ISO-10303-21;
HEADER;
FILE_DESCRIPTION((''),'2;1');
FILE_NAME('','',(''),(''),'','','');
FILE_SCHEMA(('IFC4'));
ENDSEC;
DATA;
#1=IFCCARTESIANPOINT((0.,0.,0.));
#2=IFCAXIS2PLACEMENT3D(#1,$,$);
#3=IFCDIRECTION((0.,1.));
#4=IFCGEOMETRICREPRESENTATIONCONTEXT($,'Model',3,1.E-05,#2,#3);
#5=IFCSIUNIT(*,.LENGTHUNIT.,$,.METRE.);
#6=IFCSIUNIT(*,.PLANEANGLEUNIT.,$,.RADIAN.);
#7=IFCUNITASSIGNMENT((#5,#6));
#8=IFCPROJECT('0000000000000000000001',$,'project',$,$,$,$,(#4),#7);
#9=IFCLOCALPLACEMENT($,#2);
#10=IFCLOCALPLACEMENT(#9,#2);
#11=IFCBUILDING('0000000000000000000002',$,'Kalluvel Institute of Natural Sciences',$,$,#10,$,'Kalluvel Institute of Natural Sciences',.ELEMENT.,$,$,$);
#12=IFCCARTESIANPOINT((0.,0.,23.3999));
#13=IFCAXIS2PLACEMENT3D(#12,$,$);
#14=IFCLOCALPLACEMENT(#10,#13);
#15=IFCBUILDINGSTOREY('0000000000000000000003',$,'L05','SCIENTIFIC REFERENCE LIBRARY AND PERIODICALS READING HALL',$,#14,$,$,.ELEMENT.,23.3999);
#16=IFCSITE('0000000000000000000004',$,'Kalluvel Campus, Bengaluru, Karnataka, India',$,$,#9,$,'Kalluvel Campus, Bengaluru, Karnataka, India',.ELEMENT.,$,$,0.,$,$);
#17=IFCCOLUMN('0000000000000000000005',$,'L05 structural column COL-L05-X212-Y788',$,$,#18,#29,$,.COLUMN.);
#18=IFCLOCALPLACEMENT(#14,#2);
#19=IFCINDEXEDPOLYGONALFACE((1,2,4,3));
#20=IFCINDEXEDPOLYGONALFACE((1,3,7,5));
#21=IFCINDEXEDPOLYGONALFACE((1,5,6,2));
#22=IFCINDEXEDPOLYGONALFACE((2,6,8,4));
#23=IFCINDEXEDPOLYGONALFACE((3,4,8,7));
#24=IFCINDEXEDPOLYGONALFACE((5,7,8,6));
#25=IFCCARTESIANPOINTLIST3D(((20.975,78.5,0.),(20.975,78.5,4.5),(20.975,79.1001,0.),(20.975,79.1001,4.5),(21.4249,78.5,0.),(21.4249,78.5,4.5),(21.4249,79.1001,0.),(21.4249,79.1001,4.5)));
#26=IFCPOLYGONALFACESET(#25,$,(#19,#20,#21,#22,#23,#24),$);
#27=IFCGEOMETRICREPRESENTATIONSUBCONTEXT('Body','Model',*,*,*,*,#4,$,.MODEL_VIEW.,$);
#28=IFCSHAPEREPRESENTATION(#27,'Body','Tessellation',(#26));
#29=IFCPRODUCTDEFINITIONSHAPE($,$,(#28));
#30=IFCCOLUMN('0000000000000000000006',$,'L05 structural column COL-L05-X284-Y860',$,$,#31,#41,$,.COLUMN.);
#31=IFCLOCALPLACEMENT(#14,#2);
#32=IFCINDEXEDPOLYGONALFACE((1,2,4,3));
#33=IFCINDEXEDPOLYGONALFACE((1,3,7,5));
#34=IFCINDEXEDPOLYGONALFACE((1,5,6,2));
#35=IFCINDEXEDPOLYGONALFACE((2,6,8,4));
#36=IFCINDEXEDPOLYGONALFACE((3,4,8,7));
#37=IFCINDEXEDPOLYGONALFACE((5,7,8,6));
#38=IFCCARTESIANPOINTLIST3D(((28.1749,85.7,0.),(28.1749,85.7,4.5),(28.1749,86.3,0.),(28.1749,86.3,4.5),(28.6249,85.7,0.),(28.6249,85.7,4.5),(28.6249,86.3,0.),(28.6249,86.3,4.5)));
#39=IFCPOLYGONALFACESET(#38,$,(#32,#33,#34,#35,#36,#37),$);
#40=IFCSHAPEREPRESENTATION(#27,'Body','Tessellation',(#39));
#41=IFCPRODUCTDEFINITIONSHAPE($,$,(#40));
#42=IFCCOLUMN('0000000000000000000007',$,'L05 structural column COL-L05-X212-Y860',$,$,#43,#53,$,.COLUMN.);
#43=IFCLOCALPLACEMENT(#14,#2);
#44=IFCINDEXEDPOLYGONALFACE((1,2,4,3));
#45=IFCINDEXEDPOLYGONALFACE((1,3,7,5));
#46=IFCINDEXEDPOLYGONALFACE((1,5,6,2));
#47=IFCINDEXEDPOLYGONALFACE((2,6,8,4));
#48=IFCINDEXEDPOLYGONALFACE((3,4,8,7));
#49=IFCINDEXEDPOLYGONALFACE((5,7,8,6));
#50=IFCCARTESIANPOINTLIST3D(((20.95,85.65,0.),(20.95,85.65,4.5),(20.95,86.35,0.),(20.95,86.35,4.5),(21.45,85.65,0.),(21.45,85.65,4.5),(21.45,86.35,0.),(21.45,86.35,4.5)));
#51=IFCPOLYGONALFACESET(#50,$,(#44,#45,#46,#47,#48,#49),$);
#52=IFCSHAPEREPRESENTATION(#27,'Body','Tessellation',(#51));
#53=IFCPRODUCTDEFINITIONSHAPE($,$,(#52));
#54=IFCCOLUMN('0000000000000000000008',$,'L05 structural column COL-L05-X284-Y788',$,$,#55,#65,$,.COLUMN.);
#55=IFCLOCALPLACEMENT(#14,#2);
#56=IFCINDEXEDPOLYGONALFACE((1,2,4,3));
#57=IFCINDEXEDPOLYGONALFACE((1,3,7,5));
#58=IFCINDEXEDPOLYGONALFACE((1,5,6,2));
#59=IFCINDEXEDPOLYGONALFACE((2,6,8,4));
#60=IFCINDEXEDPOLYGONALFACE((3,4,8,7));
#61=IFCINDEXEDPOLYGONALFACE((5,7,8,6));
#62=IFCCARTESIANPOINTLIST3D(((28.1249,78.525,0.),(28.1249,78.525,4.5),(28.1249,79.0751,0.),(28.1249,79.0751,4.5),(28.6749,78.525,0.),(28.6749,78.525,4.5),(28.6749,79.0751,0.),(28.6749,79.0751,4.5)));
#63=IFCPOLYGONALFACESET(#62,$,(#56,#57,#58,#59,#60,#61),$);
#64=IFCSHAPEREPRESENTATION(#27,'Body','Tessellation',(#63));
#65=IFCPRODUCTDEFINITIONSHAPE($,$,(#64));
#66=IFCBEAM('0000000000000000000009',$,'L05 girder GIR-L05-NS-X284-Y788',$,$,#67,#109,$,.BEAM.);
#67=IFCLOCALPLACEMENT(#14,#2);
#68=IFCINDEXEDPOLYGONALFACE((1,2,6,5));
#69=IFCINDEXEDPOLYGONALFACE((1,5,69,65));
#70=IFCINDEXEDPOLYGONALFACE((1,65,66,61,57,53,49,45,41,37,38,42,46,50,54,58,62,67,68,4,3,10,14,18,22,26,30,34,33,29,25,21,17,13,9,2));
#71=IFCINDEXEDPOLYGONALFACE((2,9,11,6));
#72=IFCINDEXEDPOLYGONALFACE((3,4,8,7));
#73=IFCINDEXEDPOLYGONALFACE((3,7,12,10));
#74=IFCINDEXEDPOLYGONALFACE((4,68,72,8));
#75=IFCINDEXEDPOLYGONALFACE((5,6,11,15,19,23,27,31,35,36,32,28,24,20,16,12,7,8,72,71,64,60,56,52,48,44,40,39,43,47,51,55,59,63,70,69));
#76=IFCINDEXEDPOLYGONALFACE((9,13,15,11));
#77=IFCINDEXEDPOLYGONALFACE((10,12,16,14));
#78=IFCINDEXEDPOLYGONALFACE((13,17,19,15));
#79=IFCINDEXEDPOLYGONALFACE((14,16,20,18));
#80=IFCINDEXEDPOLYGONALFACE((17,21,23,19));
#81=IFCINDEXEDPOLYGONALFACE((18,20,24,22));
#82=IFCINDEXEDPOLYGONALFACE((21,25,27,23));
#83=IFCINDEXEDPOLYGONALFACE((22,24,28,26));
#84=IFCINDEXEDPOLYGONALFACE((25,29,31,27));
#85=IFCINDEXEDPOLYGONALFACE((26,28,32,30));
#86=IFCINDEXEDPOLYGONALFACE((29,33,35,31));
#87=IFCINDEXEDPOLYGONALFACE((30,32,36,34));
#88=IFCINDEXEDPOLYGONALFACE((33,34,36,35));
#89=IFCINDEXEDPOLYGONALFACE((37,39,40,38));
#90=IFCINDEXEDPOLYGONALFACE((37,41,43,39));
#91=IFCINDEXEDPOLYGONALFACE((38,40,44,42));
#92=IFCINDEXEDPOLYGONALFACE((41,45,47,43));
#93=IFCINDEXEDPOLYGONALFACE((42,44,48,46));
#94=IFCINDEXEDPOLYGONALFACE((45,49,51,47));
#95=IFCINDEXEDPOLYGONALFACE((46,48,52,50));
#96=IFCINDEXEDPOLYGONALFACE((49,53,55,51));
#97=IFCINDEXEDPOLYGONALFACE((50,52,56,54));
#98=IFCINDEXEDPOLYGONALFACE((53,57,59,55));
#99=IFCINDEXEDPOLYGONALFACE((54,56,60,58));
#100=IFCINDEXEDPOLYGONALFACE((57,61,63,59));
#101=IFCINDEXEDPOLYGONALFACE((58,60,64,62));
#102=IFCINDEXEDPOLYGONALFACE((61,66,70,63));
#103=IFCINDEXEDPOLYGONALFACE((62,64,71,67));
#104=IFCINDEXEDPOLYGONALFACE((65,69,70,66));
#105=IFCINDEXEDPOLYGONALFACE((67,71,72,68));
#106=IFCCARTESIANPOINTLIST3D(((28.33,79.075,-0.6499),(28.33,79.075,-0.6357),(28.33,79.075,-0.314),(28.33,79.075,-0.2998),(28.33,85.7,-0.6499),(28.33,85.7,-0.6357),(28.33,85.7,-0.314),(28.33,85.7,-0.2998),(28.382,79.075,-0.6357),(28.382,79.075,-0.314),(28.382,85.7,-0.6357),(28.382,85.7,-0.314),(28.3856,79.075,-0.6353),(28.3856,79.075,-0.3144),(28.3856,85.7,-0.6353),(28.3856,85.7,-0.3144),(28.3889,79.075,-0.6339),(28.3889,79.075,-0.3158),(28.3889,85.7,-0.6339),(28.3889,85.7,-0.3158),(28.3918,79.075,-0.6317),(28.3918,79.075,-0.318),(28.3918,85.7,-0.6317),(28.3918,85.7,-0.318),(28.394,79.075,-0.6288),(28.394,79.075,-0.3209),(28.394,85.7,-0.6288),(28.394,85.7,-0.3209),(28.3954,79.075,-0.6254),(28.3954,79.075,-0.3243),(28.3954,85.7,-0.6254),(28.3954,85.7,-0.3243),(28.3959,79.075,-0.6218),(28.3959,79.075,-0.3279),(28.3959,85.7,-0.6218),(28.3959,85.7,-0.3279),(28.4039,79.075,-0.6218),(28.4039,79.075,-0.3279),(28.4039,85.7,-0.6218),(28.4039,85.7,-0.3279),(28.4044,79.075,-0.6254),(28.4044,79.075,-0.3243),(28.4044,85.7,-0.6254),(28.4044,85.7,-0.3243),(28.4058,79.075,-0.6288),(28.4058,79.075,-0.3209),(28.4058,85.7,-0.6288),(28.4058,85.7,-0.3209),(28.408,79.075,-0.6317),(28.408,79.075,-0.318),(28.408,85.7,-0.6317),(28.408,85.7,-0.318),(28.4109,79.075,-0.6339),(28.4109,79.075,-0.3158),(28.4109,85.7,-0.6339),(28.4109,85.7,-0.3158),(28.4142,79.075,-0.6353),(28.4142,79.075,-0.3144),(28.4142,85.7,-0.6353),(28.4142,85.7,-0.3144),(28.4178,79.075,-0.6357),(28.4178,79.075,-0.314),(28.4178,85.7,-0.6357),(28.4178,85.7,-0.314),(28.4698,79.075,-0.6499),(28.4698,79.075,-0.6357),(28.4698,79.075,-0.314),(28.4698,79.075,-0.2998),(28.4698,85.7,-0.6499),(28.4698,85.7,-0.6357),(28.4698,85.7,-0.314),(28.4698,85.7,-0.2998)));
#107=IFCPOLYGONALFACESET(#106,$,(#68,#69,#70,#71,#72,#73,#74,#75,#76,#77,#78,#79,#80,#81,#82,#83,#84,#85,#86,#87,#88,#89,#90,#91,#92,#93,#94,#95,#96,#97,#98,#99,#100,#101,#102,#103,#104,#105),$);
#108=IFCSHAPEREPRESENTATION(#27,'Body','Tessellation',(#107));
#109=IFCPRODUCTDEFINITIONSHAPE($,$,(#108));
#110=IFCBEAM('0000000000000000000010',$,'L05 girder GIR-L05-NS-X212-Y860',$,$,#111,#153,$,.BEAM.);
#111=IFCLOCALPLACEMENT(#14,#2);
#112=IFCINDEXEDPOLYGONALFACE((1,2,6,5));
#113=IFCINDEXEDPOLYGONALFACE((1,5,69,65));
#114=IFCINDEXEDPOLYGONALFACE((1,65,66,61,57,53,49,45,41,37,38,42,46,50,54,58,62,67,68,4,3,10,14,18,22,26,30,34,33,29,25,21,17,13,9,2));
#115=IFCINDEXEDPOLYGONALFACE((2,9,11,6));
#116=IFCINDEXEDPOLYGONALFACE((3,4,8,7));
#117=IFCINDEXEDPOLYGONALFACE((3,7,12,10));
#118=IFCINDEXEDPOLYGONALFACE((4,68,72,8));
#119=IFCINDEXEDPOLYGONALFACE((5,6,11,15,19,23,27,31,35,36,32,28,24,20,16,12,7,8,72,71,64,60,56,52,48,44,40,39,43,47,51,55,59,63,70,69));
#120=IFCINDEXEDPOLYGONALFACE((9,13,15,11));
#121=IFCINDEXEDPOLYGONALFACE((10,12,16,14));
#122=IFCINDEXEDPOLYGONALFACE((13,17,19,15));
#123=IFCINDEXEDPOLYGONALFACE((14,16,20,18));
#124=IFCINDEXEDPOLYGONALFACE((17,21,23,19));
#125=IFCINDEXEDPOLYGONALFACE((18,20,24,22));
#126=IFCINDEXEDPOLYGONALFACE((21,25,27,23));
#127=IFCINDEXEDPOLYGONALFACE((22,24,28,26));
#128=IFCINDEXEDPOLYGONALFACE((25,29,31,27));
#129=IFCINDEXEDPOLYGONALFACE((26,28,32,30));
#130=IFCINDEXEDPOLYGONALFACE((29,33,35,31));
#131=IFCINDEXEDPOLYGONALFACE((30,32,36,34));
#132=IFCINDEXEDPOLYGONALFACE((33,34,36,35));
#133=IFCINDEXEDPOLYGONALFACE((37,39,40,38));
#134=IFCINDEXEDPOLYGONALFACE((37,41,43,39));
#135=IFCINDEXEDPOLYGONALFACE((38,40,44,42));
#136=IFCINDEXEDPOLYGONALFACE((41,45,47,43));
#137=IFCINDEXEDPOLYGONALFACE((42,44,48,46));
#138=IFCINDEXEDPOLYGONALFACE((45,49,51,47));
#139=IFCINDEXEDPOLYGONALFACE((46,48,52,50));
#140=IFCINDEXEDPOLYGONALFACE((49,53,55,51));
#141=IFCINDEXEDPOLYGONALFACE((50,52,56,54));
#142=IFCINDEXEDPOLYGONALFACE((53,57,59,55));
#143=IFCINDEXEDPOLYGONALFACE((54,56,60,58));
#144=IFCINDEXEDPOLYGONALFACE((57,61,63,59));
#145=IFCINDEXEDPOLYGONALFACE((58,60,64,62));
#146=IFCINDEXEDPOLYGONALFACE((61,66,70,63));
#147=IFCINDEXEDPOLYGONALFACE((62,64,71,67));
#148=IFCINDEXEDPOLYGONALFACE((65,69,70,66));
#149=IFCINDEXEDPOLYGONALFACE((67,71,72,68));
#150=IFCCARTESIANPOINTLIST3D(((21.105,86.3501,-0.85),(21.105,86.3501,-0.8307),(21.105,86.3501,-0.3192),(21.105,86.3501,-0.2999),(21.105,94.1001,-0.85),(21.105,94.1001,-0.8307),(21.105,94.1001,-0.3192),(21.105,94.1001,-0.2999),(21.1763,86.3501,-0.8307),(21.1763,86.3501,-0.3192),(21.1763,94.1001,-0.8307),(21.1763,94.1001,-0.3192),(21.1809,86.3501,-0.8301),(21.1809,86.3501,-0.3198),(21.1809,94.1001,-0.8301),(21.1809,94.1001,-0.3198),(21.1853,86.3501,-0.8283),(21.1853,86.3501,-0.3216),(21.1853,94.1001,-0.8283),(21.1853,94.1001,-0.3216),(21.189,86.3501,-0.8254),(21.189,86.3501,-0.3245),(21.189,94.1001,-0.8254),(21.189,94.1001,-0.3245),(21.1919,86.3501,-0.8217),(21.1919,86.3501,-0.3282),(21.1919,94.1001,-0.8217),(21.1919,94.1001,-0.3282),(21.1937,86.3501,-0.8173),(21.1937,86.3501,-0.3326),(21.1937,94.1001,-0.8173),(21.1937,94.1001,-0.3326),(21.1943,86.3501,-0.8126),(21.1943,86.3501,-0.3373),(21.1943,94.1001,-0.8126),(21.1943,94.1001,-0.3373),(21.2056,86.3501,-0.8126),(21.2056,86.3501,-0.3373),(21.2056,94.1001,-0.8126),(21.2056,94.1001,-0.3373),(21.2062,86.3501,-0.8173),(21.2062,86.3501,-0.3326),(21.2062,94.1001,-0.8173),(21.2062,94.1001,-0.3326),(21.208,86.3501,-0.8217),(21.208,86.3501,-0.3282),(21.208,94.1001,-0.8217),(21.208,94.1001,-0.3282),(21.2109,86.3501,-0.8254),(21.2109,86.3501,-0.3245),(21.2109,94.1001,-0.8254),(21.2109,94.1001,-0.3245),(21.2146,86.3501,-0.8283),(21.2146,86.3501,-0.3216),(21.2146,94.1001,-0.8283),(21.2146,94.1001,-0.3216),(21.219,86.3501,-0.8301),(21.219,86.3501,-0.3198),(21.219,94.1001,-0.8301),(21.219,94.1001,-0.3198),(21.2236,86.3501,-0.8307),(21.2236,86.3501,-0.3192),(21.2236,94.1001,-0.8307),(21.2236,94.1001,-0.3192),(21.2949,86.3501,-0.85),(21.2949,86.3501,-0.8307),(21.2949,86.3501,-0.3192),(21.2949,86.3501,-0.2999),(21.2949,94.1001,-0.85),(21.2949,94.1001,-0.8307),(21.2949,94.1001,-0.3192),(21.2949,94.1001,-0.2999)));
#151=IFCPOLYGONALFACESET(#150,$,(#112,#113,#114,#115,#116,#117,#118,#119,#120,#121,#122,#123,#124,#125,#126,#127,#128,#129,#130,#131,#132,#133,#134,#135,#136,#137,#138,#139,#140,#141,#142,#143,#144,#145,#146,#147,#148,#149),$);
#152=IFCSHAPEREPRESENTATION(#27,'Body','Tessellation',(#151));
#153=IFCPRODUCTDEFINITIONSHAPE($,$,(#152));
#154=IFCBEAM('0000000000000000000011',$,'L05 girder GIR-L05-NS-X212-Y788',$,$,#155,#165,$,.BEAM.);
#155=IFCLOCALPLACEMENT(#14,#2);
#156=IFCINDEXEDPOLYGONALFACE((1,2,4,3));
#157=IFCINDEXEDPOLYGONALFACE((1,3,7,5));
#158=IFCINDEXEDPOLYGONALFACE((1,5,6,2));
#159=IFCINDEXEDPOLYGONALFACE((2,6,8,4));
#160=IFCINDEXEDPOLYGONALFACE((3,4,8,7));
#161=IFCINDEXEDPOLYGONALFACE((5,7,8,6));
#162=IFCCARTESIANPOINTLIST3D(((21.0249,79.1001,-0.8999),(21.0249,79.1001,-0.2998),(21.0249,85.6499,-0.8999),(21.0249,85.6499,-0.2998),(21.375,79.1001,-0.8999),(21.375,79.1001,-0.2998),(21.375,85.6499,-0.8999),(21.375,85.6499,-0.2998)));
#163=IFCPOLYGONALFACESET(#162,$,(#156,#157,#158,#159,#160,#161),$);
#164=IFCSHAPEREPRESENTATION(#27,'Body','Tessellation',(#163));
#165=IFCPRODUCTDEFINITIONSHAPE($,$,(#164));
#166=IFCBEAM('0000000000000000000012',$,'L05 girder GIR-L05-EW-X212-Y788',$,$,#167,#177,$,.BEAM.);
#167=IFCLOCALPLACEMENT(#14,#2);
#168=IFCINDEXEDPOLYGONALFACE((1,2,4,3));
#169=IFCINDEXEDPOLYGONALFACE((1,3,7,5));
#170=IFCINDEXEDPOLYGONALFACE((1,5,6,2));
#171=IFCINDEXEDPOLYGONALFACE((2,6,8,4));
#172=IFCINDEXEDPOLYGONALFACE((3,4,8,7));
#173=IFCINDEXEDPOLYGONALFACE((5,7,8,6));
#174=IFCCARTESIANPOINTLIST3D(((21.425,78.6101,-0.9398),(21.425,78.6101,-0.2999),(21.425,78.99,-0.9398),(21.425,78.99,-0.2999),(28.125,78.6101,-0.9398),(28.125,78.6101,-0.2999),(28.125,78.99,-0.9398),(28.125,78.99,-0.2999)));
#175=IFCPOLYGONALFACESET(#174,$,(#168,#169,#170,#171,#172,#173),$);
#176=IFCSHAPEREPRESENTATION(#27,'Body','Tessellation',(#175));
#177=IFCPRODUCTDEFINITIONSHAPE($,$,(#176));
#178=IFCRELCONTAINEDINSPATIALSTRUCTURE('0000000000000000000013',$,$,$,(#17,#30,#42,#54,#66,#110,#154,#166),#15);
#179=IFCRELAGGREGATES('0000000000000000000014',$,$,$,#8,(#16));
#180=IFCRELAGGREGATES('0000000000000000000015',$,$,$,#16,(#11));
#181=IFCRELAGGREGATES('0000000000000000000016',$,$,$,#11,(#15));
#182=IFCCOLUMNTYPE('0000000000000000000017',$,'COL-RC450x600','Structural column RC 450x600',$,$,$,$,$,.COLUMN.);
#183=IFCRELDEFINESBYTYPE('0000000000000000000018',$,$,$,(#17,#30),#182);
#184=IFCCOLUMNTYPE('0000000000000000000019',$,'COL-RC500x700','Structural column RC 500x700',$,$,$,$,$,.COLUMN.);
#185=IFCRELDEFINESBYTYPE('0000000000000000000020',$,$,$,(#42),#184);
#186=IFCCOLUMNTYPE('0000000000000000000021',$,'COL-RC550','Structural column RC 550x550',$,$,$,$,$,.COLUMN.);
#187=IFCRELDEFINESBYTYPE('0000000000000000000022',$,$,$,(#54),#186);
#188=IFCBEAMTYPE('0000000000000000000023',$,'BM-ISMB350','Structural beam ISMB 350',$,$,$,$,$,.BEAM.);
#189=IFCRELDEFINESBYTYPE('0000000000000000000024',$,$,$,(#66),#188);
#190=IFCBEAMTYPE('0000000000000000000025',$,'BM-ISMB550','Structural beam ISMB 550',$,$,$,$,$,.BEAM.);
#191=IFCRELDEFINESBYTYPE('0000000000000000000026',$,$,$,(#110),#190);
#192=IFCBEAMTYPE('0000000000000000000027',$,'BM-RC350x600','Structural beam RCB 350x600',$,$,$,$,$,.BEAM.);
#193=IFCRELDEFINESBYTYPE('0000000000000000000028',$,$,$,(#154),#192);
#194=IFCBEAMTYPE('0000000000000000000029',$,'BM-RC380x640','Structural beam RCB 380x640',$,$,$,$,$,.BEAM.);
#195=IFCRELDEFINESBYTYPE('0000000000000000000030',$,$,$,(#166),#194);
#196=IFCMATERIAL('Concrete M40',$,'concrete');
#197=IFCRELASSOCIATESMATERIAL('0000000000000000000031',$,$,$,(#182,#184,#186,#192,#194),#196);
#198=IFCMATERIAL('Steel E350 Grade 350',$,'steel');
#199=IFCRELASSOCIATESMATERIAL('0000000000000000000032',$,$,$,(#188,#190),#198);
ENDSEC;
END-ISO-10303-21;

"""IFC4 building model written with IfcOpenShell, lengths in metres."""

from ifc_helpers import new_model, si_unit, direction, frame, origin, origin_2d, place, context, subcontext, project, spatial, rectangle, i_section, extrude, material, material_profile, profile_set, type_object, element, save


model = new_model("IFC4")

# Units and contexts
model_context = context("Model", 3, precision=1e-05, world=origin(), true_north=direction((0.0, 1.0)))
body_context = subcontext(model_context, "Body", "Model", "MODEL_VIEW")
ifc_project = project(units=[si_unit("LENGTHUNIT", "METRE"), si_unit("PLANEANGLEUNIT", "RADIAN")], contexts=[model_context])

# Site, building, storey
site_placement = place(None, origin())
site = spatial("IfcSite", under=ifc_project, at=site_placement, Name="Kalluvel Campus, Bengaluru, Karnataka, India", LongName="Kalluvel Campus, Bengaluru, Karnataka, India", CompositionType="ELEMENT", RefElevation=0.0)
building_placement = place(site_placement, origin())
building = spatial("IfcBuilding", under=site, at=building_placement, Name="Kalluvel Institute of Natural Sciences", LongName="Kalluvel Institute of Natural Sciences", CompositionType="ELEMENT")
storey_placement = place(building_placement, frame((0.0, 0.0, 23.3999)))
storey = spatial("IfcBuildingStorey", under=building, at=storey_placement, Name="L05", Description="SCIENTIFIC REFERENCE LIBRARY AND PERIODICALS READING HALL", CompositionType="ELEMENT", Elevation=23.3999)

# Columns
ifc_material_1 = material(Name="Concrete M40", Category="concrete")
ifc_material_profile_1 = material_profile(ifc_material_1, rectangle(XDim=0.45, YDim=0.6001, at=origin_2d()), Name="RC 450x600")
ifc_profile_set_1 = profile_set([ifc_material_profile_1], Name="Concrete M40")
column_type_1 = type_object("IfcColumnType", Name="COL-RC450x600", Description="Structural column RC 450x600", PredefinedType="COLUMN", material=ifc_profile_set_1)
for number, where, z_axis, x_axis, name in (
    (1, (21.2, 78.8, 0.0), (0.0, 0.0, 1.0), (1.0, 0.0, 0.0), "L05 structural column COL-L05-X212-Y788"),
    (2, (28.3999, 86.0, 0.0), (0.0, 0.0, 1.0), (1.0, 0.0, 0.0), "L05 structural column COL-L05-X284-Y860"),
):
    element("IfcColumn", number, at=place(storey_placement, frame(where, z_axis=z_axis, x_axis=x_axis)), inside=storey, type_object=column_type_1, Name=name, PredefinedType="COLUMN", context=body_context, shape_type="SweptSolid", body=[
        extrude(rectangle(XDim=0.45, YDim=0.6001, at=origin_2d()), origin(), (0.0, 0.0, 1.0), 4.5),
    ])
ifc_material_profile_2 = material_profile(ifc_material_1, rectangle(XDim=0.5, YDim=0.7, at=origin_2d()), Name="RC 500x700")
ifc_profile_set_2 = profile_set([ifc_material_profile_2], Name="Concrete M40")
column_type_2 = type_object("IfcColumnType", Name="COL-RC500x700", Description="Structural column RC 500x700", PredefinedType="COLUMN", material=ifc_profile_set_2)
column_1_placement = place(storey_placement, frame((21.2, 86.0, 0.0), z_axis=(0.0, 0.0, 1.0), x_axis=(1.0, 0.0, 0.0)))
element("IfcColumn", 3, at=column_1_placement, inside=storey, type_object=column_type_2, Name="L05 structural column COL-L05-X212-Y860", PredefinedType="COLUMN", context=body_context, shape_type="SweptSolid", body=[
    extrude(rectangle(XDim=0.5, YDim=0.7, at=origin_2d()), origin(), (0.0, 0.0, 1.0), 4.5),
])
ifc_material_profile_3 = material_profile(ifc_material_1, rectangle(XDim=0.55, YDim=0.55, at=origin_2d()), Name="RC 550x550")
ifc_profile_set_3 = profile_set([ifc_material_profile_3], Name="Concrete M40")
column_type_3 = type_object("IfcColumnType", Name="COL-RC550", Description="Structural column RC 550x550", PredefinedType="COLUMN", material=ifc_profile_set_3)
column_2_placement = place(storey_placement, frame((28.3999, 78.8, 0.0), z_axis=(0.0, 0.0, 1.0), x_axis=(1.0, 0.0, 0.0)))
element("IfcColumn", 4, at=column_2_placement, inside=storey, type_object=column_type_3, Name="L05 structural column COL-L05-X284-Y788", PredefinedType="COLUMN", context=body_context, shape_type="SweptSolid", body=[
    extrude(rectangle(XDim=0.55, YDim=0.55, at=origin_2d()), origin(), (0.0, 0.0, 1.0), 4.5),
])

# Beams
ifc_material_2 = material(Name="Steel E350 Grade 350", Category="steel")
ifc_material_profile_4 = material_profile(ifc_material_2, i_section(OverallWidth=0.1399, OverallDepth=0.3501, WebThickness=0.0081, FlangeThickness=0.0142, FilletRadius=0.0139, at=origin_2d()), Name="ISMB 350")
ifc_profile_set_4 = profile_set([ifc_material_profile_4], Name="Steel E350 Grade 350")
beam_type_1 = type_object("IfcBeamType", Name="BM-ISMB350", Description="Structural beam ISMB 350", PredefinedType="BEAM", material=ifc_profile_set_4)
beam_1_placement = place(storey_placement, frame((28.3999, 79.075, -0.4749), z_axis=(0.0, 1.0, 0.0), x_axis=(-1.0, 0.0, 0.0)))
element("IfcBeam", 5, at=beam_1_placement, inside=storey, type_object=beam_type_1, Name="L05 girder GIR-L05-NS-X284-Y788", PredefinedType="BEAM", context=body_context, shape_type="SweptSolid", body=[
    extrude(i_section(OverallWidth=0.1399, OverallDepth=0.3501, WebThickness=0.0081, FlangeThickness=0.0142, FilletRadius=0.0139, at=origin_2d()), origin(), (0.0, 0.0, 1.0), 6.625),
])
ifc_material_profile_5 = material_profile(ifc_material_2, i_section(OverallWidth=0.1899, OverallDepth=0.55, WebThickness=0.0112, FlangeThickness=0.0193, FilletRadius=0.0181, at=origin_2d()), Name="ISMB 550")
ifc_profile_set_5 = profile_set([ifc_material_profile_5], Name="Steel E350 Grade 350")
beam_type_2 = type_object("IfcBeamType", Name="BM-ISMB550", Description="Structural beam ISMB 550", PredefinedType="BEAM", material=ifc_profile_set_5)
beam_2_placement = place(storey_placement, frame((21.2, 86.3501, -0.575), z_axis=(0.0, 1.0, 0.0), x_axis=(-1.0, 0.0, 0.0)))
element("IfcBeam", 6, at=beam_2_placement, inside=storey, type_object=beam_type_2, Name="L05 girder GIR-L05-NS-X212-Y860", PredefinedType="BEAM", context=body_context, shape_type="SweptSolid", body=[
    extrude(i_section(OverallWidth=0.1899, OverallDepth=0.55, WebThickness=0.0112, FlangeThickness=0.0193, FilletRadius=0.0181, at=origin_2d()), origin(), (0.0, 0.0, 1.0), 7.75),
])
ifc_material_profile_6 = material_profile(ifc_material_1, rectangle(XDim=0.3501, YDim=0.6001, at=origin_2d()), Name="RCB 350x600")
ifc_profile_set_6 = profile_set([ifc_material_profile_6], Name="Concrete M40")
beam_type_3 = type_object("IfcBeamType", Name="BM-RC350x600", Description="Structural beam RCB 350x600", PredefinedType="BEAM", material=ifc_profile_set_6)
beam_3_placement = place(storey_placement, frame((21.2, 79.1001, -0.5999), z_axis=(0.0, 1.0, 0.0), x_axis=(-1.0, 0.0, 0.0)))
element("IfcBeam", 7, at=beam_3_placement, inside=storey, type_object=beam_type_3, Name="L05 girder GIR-L05-NS-X212-Y788", PredefinedType="BEAM", context=body_context, shape_type="SweptSolid", body=[
    extrude(rectangle(XDim=0.3501, YDim=0.6001, at=origin_2d()), origin(), (0.0, 0.0, 1.0), 6.5498),
])
ifc_material_profile_7 = material_profile(ifc_material_1, rectangle(XDim=0.3799, YDim=0.6399, at=origin_2d()), Name="RCB 380x640")
ifc_profile_set_7 = profile_set([ifc_material_profile_7], Name="Concrete M40")
beam_type_4 = type_object("IfcBeamType", Name="BM-RC380x640", Description="Structural beam RCB 380x640", PredefinedType="BEAM", material=ifc_profile_set_7)
beam_4_placement = place(storey_placement, frame((21.425, 78.8, -0.6199), z_axis=(1.0, 0.0, 0.0), x_axis=(0.0, 1.0, 0.0)))
element("IfcBeam", 8, at=beam_4_placement, inside=storey, type_object=beam_type_4, Name="L05 girder GIR-L05-EW-X212-Y788", PredefinedType="BEAM", context=body_context, shape_type="SweptSolid", body=[
    extrude(rectangle(XDim=0.3799, YDim=0.6399, at=origin_2d()), origin(), (0.0, 0.0, 1.0), 6.7),
])

save(model, "model.ifc")
